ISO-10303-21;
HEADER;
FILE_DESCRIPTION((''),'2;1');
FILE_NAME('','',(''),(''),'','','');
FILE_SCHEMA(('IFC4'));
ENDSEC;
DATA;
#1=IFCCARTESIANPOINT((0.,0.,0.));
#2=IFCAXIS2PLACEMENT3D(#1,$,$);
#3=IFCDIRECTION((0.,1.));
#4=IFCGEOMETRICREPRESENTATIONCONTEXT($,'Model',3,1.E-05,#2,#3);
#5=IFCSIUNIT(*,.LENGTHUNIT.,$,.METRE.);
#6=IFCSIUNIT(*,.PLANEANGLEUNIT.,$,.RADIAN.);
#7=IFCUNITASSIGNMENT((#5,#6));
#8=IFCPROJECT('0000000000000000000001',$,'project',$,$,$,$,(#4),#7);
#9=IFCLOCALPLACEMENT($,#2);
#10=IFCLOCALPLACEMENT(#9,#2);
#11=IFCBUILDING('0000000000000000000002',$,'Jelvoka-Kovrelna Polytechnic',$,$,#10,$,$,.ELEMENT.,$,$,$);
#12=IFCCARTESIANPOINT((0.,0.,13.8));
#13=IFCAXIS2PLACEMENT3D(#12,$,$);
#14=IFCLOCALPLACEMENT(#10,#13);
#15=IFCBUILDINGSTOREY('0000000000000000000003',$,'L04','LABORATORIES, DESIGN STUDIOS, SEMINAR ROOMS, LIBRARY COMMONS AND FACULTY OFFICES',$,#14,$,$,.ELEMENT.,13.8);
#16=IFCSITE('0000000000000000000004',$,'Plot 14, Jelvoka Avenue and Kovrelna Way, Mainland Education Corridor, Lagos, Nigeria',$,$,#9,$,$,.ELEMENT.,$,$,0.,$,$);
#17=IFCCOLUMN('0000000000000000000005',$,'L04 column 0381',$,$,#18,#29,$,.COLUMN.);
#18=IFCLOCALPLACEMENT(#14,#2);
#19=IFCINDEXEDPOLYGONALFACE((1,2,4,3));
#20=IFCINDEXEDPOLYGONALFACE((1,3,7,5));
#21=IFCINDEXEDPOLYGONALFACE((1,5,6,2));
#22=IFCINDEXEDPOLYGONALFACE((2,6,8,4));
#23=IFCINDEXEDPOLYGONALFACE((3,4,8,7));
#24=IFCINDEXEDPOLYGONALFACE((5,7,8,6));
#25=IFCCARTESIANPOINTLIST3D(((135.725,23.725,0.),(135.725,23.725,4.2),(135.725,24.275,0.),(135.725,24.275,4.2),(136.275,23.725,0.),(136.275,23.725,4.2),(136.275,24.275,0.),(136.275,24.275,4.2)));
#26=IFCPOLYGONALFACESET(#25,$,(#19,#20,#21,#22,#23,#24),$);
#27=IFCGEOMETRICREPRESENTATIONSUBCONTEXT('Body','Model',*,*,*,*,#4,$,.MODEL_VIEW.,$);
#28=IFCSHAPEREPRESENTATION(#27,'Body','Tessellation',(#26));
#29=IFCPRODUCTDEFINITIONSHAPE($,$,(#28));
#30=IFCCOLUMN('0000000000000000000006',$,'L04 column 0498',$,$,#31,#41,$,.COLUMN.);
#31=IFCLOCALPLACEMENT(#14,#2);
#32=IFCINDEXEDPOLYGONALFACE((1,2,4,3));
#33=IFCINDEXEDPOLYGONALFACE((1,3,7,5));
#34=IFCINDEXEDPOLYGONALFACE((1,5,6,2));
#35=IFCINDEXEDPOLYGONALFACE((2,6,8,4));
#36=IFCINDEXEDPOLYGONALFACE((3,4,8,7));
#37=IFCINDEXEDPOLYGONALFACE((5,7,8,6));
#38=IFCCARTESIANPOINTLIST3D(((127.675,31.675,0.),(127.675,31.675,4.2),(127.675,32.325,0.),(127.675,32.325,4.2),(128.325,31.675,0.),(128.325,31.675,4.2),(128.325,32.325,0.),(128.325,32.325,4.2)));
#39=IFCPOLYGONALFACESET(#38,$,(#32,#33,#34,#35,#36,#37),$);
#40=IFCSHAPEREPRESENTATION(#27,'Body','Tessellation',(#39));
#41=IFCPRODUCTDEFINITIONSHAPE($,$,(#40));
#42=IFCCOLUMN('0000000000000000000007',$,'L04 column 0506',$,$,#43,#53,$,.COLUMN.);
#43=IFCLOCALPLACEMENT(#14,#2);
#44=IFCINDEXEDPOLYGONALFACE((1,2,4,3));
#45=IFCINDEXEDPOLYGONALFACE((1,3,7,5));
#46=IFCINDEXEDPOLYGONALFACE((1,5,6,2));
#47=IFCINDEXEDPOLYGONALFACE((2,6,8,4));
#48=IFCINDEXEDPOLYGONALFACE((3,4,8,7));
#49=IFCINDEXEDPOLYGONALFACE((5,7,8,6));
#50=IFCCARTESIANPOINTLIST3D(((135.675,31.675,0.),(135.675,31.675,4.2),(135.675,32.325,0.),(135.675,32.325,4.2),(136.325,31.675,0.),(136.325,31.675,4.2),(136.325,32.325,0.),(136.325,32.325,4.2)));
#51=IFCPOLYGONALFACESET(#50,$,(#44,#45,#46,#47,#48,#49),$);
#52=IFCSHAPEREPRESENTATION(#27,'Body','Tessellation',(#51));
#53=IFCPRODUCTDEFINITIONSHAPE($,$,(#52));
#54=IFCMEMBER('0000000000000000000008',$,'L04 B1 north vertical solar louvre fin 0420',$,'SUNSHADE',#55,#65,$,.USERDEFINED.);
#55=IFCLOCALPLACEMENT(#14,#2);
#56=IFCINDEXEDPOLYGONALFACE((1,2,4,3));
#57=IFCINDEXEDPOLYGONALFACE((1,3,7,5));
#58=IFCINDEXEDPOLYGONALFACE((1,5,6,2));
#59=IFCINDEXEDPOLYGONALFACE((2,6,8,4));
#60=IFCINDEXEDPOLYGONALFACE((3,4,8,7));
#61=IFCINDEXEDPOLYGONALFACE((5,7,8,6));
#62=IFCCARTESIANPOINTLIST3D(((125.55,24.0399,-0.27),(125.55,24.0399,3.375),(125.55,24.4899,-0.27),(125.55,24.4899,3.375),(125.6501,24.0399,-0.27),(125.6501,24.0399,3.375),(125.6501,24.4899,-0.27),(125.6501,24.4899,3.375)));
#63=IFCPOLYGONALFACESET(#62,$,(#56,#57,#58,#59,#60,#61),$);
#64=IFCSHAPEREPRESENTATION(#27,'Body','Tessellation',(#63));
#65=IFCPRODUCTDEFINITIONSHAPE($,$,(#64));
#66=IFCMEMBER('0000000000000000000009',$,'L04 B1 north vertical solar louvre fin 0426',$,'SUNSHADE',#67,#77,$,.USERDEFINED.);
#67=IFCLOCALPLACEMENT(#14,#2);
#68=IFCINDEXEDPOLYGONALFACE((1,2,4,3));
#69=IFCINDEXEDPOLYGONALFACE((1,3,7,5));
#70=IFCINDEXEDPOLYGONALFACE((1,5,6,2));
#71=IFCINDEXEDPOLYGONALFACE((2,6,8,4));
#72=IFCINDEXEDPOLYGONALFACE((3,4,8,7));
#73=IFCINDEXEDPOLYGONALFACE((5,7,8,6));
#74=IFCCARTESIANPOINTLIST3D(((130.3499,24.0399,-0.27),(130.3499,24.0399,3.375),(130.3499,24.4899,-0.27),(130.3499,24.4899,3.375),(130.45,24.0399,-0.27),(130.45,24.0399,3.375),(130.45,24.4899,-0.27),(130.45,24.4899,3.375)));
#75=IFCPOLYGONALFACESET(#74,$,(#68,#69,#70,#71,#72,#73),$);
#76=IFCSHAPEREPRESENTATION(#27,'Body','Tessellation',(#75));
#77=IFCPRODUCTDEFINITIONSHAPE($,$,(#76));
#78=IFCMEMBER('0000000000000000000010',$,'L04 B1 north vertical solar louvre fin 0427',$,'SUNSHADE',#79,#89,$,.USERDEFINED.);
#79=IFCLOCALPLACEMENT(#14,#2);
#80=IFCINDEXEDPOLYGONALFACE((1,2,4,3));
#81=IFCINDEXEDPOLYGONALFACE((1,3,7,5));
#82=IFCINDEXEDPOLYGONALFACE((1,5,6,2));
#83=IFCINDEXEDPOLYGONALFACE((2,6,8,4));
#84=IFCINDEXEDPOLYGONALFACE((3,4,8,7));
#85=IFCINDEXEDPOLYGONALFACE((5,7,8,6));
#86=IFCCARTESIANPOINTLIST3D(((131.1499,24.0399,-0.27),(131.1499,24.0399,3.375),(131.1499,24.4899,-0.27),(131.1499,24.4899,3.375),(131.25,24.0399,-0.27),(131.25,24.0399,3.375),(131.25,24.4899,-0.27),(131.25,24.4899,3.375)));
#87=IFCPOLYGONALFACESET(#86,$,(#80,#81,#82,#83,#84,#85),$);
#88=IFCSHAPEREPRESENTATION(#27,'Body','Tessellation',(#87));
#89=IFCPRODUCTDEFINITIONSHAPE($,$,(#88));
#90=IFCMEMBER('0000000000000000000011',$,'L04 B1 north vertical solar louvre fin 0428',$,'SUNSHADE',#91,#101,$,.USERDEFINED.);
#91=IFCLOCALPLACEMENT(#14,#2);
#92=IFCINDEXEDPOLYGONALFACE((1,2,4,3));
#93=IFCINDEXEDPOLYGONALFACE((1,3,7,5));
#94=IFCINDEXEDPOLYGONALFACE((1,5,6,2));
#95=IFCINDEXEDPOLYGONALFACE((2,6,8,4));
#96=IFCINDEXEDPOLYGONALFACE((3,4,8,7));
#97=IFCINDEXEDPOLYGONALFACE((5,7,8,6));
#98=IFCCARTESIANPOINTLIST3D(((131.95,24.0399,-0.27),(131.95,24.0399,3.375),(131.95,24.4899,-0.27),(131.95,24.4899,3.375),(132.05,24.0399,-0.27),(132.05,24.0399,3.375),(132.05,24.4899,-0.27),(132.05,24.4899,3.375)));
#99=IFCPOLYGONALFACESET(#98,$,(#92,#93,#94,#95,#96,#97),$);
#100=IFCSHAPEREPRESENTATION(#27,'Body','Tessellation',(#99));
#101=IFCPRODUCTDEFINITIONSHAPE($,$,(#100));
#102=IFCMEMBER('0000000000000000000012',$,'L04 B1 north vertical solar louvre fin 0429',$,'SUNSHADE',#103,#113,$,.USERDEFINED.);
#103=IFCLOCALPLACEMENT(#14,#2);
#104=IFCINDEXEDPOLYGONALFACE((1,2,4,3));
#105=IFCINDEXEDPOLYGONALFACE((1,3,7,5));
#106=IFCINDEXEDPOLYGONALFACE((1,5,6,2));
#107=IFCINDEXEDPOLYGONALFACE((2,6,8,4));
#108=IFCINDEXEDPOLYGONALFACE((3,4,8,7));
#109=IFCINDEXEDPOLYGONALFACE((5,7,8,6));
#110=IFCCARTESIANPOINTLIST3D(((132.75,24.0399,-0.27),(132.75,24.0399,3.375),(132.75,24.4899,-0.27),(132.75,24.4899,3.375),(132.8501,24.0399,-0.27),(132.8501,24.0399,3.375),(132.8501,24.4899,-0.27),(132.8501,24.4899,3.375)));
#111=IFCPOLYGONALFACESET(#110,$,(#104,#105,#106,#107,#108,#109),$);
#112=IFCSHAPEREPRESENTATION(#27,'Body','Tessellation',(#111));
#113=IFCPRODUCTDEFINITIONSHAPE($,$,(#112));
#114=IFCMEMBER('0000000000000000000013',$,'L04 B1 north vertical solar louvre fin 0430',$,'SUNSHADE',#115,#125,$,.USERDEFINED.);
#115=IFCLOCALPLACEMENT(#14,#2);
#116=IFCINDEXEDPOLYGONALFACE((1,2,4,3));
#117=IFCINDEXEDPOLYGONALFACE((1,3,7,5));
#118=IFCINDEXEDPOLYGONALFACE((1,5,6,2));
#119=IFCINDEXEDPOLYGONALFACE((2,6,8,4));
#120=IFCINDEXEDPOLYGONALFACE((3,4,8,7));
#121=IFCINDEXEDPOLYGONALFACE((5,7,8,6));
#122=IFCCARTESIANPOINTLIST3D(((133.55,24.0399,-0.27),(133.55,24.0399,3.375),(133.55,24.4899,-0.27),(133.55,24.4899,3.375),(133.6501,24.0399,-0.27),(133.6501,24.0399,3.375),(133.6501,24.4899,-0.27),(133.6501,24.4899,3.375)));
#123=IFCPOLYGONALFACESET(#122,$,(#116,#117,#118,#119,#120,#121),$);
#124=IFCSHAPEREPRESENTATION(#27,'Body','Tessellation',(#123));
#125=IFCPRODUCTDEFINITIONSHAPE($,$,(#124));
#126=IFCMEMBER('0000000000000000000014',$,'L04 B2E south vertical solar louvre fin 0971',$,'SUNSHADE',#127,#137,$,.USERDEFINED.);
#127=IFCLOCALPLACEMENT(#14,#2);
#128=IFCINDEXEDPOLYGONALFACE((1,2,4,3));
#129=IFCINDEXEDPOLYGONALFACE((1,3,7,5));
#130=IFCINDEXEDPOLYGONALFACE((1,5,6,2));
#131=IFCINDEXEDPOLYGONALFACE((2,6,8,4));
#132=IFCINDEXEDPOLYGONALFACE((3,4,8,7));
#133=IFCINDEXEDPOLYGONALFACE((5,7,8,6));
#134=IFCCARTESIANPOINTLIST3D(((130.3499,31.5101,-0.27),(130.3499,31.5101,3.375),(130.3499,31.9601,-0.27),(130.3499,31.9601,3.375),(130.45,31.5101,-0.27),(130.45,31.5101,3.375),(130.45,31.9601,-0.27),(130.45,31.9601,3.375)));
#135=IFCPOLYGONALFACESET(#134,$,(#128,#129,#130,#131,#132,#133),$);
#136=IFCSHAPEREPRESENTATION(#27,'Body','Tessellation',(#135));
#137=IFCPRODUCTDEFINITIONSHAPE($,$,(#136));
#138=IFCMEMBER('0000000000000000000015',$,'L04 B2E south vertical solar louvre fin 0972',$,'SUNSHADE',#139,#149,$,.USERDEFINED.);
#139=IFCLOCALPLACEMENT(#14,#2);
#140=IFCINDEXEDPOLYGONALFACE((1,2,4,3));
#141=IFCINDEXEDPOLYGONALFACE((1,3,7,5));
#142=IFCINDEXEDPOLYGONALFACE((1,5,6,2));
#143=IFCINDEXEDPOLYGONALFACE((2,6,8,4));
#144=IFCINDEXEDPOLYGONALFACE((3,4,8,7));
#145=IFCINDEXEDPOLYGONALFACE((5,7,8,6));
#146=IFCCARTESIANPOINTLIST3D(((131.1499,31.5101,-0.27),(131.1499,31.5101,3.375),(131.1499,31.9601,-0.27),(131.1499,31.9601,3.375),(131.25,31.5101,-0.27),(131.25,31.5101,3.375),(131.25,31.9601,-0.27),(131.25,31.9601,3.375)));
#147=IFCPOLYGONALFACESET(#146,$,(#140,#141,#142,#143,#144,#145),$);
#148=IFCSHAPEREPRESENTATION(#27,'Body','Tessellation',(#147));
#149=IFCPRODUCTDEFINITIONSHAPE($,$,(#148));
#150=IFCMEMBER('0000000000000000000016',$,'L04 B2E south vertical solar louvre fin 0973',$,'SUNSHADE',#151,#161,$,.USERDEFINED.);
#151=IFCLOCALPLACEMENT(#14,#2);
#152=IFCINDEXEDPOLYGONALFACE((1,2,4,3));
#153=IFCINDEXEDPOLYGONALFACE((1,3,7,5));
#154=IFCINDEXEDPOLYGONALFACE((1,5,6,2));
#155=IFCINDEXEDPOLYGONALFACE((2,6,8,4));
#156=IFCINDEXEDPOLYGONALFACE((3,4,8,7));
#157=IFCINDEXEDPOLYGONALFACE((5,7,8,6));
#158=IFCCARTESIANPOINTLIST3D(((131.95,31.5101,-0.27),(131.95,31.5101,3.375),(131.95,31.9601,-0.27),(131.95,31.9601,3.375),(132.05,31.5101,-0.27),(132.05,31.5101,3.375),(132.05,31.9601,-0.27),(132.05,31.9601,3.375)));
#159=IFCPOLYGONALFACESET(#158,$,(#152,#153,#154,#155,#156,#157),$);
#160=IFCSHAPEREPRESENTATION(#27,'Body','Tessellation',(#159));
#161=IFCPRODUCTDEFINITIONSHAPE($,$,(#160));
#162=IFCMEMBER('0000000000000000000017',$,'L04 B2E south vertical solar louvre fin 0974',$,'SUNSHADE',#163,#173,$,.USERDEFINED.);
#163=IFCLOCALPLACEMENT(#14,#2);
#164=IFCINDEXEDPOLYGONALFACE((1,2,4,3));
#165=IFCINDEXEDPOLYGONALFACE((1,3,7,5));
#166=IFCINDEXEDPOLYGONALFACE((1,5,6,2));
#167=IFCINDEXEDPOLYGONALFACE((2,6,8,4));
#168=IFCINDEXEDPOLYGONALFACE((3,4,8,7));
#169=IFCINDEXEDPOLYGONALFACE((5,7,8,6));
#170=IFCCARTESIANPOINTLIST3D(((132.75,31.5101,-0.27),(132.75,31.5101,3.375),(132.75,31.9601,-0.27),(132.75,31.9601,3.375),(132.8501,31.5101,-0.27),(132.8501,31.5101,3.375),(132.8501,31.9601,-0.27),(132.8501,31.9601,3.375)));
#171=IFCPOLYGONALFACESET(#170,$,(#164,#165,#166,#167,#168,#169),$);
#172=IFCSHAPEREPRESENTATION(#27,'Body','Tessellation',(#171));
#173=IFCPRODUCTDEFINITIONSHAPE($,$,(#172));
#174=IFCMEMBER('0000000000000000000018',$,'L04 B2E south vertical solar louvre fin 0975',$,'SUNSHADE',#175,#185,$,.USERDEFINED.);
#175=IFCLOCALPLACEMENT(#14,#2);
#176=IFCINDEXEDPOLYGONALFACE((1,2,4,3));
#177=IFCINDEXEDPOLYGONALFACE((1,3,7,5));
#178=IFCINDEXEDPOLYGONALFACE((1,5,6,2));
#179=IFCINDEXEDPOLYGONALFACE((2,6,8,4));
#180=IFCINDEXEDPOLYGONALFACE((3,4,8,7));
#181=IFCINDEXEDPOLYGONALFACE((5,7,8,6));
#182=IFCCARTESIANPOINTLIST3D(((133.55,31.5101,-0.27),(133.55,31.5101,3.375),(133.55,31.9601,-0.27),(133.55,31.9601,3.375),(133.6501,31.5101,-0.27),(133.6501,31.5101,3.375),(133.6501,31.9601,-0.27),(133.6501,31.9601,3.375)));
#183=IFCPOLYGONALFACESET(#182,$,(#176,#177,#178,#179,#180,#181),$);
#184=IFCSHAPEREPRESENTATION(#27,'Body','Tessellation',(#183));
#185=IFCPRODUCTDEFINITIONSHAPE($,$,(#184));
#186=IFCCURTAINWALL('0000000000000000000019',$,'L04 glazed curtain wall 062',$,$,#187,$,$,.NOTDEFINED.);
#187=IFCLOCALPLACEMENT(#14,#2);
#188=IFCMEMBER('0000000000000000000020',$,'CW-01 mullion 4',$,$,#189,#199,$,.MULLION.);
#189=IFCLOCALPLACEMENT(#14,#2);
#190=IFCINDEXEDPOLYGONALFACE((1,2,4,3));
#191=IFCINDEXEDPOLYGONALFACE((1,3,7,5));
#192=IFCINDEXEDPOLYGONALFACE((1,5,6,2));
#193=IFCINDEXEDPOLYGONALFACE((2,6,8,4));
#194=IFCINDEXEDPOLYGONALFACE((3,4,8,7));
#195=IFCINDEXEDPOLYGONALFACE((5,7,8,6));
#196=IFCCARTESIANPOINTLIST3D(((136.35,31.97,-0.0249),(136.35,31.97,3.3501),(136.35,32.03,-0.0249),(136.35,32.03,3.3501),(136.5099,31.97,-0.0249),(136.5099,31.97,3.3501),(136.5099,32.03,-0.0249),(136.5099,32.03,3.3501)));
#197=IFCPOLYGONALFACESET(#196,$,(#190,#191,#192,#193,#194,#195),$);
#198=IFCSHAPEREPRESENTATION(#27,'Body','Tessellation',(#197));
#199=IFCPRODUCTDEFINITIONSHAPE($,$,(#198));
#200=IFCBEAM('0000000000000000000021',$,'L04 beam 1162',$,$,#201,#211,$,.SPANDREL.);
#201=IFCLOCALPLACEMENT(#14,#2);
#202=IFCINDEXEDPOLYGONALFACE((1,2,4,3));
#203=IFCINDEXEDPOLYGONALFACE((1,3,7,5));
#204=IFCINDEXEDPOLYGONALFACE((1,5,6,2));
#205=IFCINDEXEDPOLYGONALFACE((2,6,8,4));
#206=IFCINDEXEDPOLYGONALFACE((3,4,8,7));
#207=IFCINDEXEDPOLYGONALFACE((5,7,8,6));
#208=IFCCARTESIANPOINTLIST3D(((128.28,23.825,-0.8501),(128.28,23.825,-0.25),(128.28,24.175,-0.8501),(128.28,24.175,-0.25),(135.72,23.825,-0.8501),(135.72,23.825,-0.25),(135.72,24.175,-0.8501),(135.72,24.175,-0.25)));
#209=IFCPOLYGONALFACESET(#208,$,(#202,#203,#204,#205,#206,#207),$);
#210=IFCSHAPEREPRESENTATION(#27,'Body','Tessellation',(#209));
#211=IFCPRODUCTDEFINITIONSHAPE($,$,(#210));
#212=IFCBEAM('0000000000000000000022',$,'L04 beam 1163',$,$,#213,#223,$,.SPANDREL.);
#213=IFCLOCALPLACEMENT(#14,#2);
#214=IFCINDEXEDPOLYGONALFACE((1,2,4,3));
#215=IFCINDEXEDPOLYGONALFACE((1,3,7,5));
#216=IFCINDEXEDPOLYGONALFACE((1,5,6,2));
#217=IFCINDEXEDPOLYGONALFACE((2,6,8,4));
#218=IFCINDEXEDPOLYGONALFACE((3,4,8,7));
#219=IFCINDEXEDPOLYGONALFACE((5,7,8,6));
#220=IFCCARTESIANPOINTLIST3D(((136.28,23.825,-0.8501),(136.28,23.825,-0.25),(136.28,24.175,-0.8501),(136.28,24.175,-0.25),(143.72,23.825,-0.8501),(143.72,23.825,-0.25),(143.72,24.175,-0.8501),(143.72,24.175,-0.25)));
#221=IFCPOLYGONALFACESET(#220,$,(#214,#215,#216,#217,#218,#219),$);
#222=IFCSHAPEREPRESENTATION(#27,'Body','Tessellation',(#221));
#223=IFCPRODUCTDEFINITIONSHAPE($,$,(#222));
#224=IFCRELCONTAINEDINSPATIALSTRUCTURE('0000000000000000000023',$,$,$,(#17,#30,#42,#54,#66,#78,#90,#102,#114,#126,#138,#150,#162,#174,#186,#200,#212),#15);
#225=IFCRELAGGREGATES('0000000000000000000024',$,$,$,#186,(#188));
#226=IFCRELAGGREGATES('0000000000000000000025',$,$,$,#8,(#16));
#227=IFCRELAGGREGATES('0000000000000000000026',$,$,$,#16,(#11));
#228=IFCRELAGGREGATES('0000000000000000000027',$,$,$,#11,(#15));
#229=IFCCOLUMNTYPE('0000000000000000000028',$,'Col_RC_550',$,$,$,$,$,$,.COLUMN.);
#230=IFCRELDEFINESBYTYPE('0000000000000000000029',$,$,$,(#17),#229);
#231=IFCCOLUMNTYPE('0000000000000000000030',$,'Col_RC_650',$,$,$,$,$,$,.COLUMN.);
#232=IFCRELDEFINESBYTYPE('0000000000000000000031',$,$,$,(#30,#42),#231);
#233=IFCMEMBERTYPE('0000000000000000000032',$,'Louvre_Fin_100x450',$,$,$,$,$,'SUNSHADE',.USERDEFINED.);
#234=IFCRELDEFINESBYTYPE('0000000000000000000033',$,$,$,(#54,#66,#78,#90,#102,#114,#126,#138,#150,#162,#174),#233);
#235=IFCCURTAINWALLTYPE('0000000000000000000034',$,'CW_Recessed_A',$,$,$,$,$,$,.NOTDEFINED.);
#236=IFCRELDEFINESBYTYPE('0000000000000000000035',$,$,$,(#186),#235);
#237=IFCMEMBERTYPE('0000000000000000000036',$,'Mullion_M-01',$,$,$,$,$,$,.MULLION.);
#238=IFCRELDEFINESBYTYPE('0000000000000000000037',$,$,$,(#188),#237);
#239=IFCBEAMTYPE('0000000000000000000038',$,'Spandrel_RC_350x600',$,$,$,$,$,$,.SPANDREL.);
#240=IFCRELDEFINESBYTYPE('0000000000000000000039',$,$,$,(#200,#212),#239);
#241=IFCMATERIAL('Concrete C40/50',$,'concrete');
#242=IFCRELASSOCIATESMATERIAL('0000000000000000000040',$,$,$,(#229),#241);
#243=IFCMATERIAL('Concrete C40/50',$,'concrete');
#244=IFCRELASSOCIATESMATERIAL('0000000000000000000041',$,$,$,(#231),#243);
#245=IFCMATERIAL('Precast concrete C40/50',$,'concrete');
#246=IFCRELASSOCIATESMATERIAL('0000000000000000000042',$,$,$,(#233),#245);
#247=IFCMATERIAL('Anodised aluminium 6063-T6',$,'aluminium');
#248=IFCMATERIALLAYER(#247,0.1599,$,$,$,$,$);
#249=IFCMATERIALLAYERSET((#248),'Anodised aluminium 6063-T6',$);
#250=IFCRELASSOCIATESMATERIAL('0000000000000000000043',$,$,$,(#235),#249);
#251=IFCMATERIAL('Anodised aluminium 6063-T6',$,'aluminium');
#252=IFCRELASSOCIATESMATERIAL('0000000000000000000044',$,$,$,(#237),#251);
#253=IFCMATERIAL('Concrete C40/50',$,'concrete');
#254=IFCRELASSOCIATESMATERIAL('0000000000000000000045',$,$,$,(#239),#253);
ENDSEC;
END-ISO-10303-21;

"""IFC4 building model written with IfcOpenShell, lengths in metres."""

from ifc_helpers import new_model, si_unit, direction, frame, origin, origin_2d, place, context, subcontext, project, spatial, rectangle, extrude, material, layer, layer_set, material_profile, profile_set, type_object, element, aggregate, save


model = new_model("IFC4")

# Units and contexts
model_context = context("Model", 3, precision=1e-05, world=origin(), true_north=direction((0.0, 1.0)))
body_context = subcontext(model_context, "Body", "Model", "MODEL_VIEW")
ifc_project = project(units=[si_unit("LENGTHUNIT", "METRE"), si_unit("PLANEANGLEUNIT", "RADIAN")], contexts=[model_context])

# Site, building, storey
site_placement = place(None, origin())
site = spatial("IfcSite", under=ifc_project, at=site_placement, Name="Plot 14, Jelvoka Avenue and Kovrelna Way, Mainland Education Corridor, Lagos, Nigeria", CompositionType="ELEMENT", RefElevation=0.0)
building_placement = place(site_placement, origin())
building = spatial("IfcBuilding", under=site, at=building_placement, Name="Jelvoka-Kovrelna Polytechnic", CompositionType="ELEMENT")
storey_placement = place(building_placement, frame((0.0, 0.0, 13.8)))
storey = spatial("IfcBuildingStorey", under=building, at=storey_placement, Name="L04", Description="LABORATORIES, DESIGN STUDIOS, SEMINAR ROOMS, LIBRARY COMMONS AND FACULTY OFFICES", CompositionType="ELEMENT", Elevation=13.8)

# Columns
ifc_material_1 = material(Name="Concrete C40/50", Category="concrete")
ifc_material_profile_1 = material_profile(ifc_material_1, rectangle(XDim=0.55, YDim=0.55, at=origin_2d()), Name="RC 550x550")
ifc_profile_set_1 = profile_set([ifc_material_profile_1], Name="Concrete C40/50")
column_type_1 = type_object("IfcColumnType", Name="Col_RC_550", PredefinedType="COLUMN", material=ifc_profile_set_1)
column_placement = place(storey_placement, frame((136.0, 24.0, 0.0), z_axis=(0.0, 0.0, 1.0), x_axis=(1.0, 0.0, 0.0)))
element("IfcColumn", 1, at=column_placement, inside=storey, type_object=column_type_1, Name="L04 column 0381", PredefinedType="COLUMN", context=body_context, shape_type="SweptSolid", body=[
    extrude(rectangle(XDim=0.55, YDim=0.55, at=origin_2d()), origin(), (0.0, 0.0, 1.0), 4.2),
])
ifc_material_2 = material(Name="Concrete C40/50", Category="concrete")
ifc_material_profile_2 = material_profile(ifc_material_2, rectangle(XDim=0.6499, YDim=0.6499, at=origin_2d()), Name="RC 650x650")
ifc_profile_set_2 = profile_set([ifc_material_profile_2], Name="Concrete C40/50")
column_type_2 = type_object("IfcColumnType", Name="Col_RC_650", PredefinedType="COLUMN", material=ifc_profile_set_2)
for number, where, z_axis, x_axis, name in (
    (2, (128.0, 32.0, 0.0), (0.0, 0.0, 1.0), (1.0, 0.0, 0.0), "L04 column 0498"),
    (3, (136.0, 32.0, 0.0), (0.0, 0.0, 1.0), (1.0, 0.0, 0.0), "L04 column 0506"),
):
    element("IfcColumn", number, at=place(storey_placement, frame(where, z_axis=z_axis, x_axis=x_axis)), inside=storey, type_object=column_type_2, Name=name, PredefinedType="COLUMN", context=body_context, shape_type="SweptSolid", body=[
        extrude(rectangle(XDim=0.6499, YDim=0.6499, at=origin_2d()), origin(), (0.0, 0.0, 1.0), 4.2),
    ])

# Members
ifc_material_3 = material(Name="Precast concrete C40/50", Category="concrete")
ifc_material_profile_3 = material_profile(ifc_material_3, rectangle(XDim=0.1001, YDim=0.45, at=origin_2d()), Name="PC 100x450")
ifc_profile_set_3 = profile_set([ifc_material_profile_3], Name="Precast concrete C40/50")
member_type_1 = type_object("IfcMemberType", Name="Louvre_Fin_100x450", ElementType="SUNSHADE", PredefinedType="USERDEFINED", material=ifc_profile_set_3)
for number, where, z_axis, x_axis, name in (
    (4, (125.6001, 24.2649, -0.27), (0.0, 0.0, 1.0), (1.0, 0.0, 0.0), "L04 B1 north vertical solar louvre fin 0420"),
    (5, (130.3999, 24.2649, -0.27), (0.0, 0.0, 1.0), (1.0, 0.0, 0.0), "L04 B1 north vertical solar louvre fin 0426"),
    (6, (131.2, 24.2649, -0.27), (0.0, 0.0, 1.0), (1.0, 0.0, 0.0), "L04 B1 north vertical solar louvre fin 0427"),
    (7, (132.0, 24.2649, -0.27), (0.0, 0.0, 1.0), (1.0, 0.0, 0.0), "L04 B1 north vertical solar louvre fin 0428"),
    (8, (132.8, 24.2649, -0.27), (0.0, 0.0, 1.0), (1.0, 0.0, 0.0), "L04 B1 north vertical solar louvre fin 0429"),
    (9, (133.6001, 24.2649, -0.27), (0.0, 0.0, 1.0), (1.0, 0.0, 0.0), "L04 B1 north vertical solar louvre fin 0430"),
    (10, (130.3999, 31.7351, -0.27), (0.0, 0.0, 1.0), (1.0, 0.0, 0.0), "L04 B2E south vertical solar louvre fin 0971"),
    (11, (131.2, 31.7351, -0.27), (0.0, 0.0, 1.0), (1.0, 0.0, 0.0), "L04 B2E south vertical solar louvre fin 0972"),
    (12, (132.0, 31.7351, -0.27), (0.0, 0.0, 1.0), (1.0, 0.0, 0.0), "L04 B2E south vertical solar louvre fin 0973"),
    (13, (132.8, 31.7351, -0.27), (0.0, 0.0, 1.0), (1.0, 0.0, 0.0), "L04 B2E south vertical solar louvre fin 0974"),
    (14, (133.6001, 31.7351, -0.27), (0.0, 0.0, 1.0), (1.0, 0.0, 0.0), "L04 B2E south vertical solar louvre fin 0975"),
):
    element("IfcMember", number, at=place(storey_placement, frame(where, z_axis=z_axis, x_axis=x_axis)), inside=storey, type_object=member_type_1, Name=name, ObjectType="SUNSHADE", PredefinedType="USERDEFINED", context=body_context, shape_type="SweptSolid", body=[
        extrude(rectangle(XDim=0.1001, YDim=0.45, at=origin_2d()), origin(), (0.0, 0.0, 1.0), 3.645),
    ])

# Curtain wall, member
ifc_material_4 = material(Name="Anodised aluminium 6063-T6", Category="aluminium")
ifc_layer_1 = layer(ifc_material_4, 0.1599)
ifc_layer_set_1 = layer_set([ifc_layer_1], Name="Anodised aluminium 6063-T6")
curtain_wall_type = type_object("IfcCurtainWallType", Name="CW_Recessed_A", PredefinedType="NOTDEFINED", material=ifc_layer_set_1)
curtain_wall_placement = place(storey_placement, origin())
curtain_wall = element("IfcCurtainWall", 15, at=curtain_wall_placement, inside=storey, type_object=curtain_wall_type, Name="L04 glazed curtain wall 062", PredefinedType="NOTDEFINED")
ifc_material_5 = material(Name="Anodised aluminium 6063-T6", Category="aluminium")
ifc_material_profile_4 = material_profile(ifc_material_5, rectangle(XDim=0.0601, YDim=0.1599, at=origin_2d()), Name="ALU 60x160")
ifc_profile_set_4 = profile_set([ifc_material_profile_4], Name="Anodised aluminium 6063-T6")
member_type_2 = type_object("IfcMemberType", Name="Mullion_M-01", PredefinedType="MULLION", material=ifc_profile_set_4)
member_placement = place(storey_placement, frame((136.4299, 32.0, -0.0249), z_axis=(0.0, 0.0, 1.0), x_axis=(0.0, -1.0, 0.0)))
member = element("IfcMember", 16, at=member_placement, type_object=member_type_2, Name="CW-01 mullion 4", PredefinedType="MULLION", context=body_context, shape_type="SweptSolid", body=[
    extrude(rectangle(XDim=0.0601, YDim=0.1599, at=origin_2d()), origin(), (0.0, 0.0, 1.0), 3.375),
])

# Beams
ifc_material_6 = material(Name="Concrete C40/50", Category="concrete")
ifc_material_profile_5 = material_profile(ifc_material_6, rectangle(XDim=0.3501, YDim=0.6001, at=origin_2d()), Name="RC 350x600")
ifc_profile_set_5 = profile_set([ifc_material_profile_5], Name="Concrete C40/50")
beam_type = type_object("IfcBeamType", Name="Spandrel_RC_350x600", PredefinedType="SPANDREL", material=ifc_profile_set_5)
for number, where, z_axis, x_axis, name in (
    (17, (128.28, 24.0, -0.55), (1.0, 0.0, 0.0), (0.0, 1.0, 0.0), "L04 beam 1162"),
    (18, (136.28, 24.0, -0.55), (1.0, 0.0, 0.0), (0.0, 1.0, 0.0), "L04 beam 1163"),
):
    element("IfcBeam", number, at=place(storey_placement, frame(where, z_axis=z_axis, x_axis=x_axis)), inside=storey, type_object=beam_type, Name=name, PredefinedType="SPANDREL", context=body_context, shape_type="SweptSolid", body=[
        extrude(rectangle(XDim=0.3501, YDim=0.6001, at=origin_2d()), origin(), (0.0, 0.0, 1.0), 7.4399),
    ])

aggregate(curtain_wall, [member])

save(model, "model.ifc")
